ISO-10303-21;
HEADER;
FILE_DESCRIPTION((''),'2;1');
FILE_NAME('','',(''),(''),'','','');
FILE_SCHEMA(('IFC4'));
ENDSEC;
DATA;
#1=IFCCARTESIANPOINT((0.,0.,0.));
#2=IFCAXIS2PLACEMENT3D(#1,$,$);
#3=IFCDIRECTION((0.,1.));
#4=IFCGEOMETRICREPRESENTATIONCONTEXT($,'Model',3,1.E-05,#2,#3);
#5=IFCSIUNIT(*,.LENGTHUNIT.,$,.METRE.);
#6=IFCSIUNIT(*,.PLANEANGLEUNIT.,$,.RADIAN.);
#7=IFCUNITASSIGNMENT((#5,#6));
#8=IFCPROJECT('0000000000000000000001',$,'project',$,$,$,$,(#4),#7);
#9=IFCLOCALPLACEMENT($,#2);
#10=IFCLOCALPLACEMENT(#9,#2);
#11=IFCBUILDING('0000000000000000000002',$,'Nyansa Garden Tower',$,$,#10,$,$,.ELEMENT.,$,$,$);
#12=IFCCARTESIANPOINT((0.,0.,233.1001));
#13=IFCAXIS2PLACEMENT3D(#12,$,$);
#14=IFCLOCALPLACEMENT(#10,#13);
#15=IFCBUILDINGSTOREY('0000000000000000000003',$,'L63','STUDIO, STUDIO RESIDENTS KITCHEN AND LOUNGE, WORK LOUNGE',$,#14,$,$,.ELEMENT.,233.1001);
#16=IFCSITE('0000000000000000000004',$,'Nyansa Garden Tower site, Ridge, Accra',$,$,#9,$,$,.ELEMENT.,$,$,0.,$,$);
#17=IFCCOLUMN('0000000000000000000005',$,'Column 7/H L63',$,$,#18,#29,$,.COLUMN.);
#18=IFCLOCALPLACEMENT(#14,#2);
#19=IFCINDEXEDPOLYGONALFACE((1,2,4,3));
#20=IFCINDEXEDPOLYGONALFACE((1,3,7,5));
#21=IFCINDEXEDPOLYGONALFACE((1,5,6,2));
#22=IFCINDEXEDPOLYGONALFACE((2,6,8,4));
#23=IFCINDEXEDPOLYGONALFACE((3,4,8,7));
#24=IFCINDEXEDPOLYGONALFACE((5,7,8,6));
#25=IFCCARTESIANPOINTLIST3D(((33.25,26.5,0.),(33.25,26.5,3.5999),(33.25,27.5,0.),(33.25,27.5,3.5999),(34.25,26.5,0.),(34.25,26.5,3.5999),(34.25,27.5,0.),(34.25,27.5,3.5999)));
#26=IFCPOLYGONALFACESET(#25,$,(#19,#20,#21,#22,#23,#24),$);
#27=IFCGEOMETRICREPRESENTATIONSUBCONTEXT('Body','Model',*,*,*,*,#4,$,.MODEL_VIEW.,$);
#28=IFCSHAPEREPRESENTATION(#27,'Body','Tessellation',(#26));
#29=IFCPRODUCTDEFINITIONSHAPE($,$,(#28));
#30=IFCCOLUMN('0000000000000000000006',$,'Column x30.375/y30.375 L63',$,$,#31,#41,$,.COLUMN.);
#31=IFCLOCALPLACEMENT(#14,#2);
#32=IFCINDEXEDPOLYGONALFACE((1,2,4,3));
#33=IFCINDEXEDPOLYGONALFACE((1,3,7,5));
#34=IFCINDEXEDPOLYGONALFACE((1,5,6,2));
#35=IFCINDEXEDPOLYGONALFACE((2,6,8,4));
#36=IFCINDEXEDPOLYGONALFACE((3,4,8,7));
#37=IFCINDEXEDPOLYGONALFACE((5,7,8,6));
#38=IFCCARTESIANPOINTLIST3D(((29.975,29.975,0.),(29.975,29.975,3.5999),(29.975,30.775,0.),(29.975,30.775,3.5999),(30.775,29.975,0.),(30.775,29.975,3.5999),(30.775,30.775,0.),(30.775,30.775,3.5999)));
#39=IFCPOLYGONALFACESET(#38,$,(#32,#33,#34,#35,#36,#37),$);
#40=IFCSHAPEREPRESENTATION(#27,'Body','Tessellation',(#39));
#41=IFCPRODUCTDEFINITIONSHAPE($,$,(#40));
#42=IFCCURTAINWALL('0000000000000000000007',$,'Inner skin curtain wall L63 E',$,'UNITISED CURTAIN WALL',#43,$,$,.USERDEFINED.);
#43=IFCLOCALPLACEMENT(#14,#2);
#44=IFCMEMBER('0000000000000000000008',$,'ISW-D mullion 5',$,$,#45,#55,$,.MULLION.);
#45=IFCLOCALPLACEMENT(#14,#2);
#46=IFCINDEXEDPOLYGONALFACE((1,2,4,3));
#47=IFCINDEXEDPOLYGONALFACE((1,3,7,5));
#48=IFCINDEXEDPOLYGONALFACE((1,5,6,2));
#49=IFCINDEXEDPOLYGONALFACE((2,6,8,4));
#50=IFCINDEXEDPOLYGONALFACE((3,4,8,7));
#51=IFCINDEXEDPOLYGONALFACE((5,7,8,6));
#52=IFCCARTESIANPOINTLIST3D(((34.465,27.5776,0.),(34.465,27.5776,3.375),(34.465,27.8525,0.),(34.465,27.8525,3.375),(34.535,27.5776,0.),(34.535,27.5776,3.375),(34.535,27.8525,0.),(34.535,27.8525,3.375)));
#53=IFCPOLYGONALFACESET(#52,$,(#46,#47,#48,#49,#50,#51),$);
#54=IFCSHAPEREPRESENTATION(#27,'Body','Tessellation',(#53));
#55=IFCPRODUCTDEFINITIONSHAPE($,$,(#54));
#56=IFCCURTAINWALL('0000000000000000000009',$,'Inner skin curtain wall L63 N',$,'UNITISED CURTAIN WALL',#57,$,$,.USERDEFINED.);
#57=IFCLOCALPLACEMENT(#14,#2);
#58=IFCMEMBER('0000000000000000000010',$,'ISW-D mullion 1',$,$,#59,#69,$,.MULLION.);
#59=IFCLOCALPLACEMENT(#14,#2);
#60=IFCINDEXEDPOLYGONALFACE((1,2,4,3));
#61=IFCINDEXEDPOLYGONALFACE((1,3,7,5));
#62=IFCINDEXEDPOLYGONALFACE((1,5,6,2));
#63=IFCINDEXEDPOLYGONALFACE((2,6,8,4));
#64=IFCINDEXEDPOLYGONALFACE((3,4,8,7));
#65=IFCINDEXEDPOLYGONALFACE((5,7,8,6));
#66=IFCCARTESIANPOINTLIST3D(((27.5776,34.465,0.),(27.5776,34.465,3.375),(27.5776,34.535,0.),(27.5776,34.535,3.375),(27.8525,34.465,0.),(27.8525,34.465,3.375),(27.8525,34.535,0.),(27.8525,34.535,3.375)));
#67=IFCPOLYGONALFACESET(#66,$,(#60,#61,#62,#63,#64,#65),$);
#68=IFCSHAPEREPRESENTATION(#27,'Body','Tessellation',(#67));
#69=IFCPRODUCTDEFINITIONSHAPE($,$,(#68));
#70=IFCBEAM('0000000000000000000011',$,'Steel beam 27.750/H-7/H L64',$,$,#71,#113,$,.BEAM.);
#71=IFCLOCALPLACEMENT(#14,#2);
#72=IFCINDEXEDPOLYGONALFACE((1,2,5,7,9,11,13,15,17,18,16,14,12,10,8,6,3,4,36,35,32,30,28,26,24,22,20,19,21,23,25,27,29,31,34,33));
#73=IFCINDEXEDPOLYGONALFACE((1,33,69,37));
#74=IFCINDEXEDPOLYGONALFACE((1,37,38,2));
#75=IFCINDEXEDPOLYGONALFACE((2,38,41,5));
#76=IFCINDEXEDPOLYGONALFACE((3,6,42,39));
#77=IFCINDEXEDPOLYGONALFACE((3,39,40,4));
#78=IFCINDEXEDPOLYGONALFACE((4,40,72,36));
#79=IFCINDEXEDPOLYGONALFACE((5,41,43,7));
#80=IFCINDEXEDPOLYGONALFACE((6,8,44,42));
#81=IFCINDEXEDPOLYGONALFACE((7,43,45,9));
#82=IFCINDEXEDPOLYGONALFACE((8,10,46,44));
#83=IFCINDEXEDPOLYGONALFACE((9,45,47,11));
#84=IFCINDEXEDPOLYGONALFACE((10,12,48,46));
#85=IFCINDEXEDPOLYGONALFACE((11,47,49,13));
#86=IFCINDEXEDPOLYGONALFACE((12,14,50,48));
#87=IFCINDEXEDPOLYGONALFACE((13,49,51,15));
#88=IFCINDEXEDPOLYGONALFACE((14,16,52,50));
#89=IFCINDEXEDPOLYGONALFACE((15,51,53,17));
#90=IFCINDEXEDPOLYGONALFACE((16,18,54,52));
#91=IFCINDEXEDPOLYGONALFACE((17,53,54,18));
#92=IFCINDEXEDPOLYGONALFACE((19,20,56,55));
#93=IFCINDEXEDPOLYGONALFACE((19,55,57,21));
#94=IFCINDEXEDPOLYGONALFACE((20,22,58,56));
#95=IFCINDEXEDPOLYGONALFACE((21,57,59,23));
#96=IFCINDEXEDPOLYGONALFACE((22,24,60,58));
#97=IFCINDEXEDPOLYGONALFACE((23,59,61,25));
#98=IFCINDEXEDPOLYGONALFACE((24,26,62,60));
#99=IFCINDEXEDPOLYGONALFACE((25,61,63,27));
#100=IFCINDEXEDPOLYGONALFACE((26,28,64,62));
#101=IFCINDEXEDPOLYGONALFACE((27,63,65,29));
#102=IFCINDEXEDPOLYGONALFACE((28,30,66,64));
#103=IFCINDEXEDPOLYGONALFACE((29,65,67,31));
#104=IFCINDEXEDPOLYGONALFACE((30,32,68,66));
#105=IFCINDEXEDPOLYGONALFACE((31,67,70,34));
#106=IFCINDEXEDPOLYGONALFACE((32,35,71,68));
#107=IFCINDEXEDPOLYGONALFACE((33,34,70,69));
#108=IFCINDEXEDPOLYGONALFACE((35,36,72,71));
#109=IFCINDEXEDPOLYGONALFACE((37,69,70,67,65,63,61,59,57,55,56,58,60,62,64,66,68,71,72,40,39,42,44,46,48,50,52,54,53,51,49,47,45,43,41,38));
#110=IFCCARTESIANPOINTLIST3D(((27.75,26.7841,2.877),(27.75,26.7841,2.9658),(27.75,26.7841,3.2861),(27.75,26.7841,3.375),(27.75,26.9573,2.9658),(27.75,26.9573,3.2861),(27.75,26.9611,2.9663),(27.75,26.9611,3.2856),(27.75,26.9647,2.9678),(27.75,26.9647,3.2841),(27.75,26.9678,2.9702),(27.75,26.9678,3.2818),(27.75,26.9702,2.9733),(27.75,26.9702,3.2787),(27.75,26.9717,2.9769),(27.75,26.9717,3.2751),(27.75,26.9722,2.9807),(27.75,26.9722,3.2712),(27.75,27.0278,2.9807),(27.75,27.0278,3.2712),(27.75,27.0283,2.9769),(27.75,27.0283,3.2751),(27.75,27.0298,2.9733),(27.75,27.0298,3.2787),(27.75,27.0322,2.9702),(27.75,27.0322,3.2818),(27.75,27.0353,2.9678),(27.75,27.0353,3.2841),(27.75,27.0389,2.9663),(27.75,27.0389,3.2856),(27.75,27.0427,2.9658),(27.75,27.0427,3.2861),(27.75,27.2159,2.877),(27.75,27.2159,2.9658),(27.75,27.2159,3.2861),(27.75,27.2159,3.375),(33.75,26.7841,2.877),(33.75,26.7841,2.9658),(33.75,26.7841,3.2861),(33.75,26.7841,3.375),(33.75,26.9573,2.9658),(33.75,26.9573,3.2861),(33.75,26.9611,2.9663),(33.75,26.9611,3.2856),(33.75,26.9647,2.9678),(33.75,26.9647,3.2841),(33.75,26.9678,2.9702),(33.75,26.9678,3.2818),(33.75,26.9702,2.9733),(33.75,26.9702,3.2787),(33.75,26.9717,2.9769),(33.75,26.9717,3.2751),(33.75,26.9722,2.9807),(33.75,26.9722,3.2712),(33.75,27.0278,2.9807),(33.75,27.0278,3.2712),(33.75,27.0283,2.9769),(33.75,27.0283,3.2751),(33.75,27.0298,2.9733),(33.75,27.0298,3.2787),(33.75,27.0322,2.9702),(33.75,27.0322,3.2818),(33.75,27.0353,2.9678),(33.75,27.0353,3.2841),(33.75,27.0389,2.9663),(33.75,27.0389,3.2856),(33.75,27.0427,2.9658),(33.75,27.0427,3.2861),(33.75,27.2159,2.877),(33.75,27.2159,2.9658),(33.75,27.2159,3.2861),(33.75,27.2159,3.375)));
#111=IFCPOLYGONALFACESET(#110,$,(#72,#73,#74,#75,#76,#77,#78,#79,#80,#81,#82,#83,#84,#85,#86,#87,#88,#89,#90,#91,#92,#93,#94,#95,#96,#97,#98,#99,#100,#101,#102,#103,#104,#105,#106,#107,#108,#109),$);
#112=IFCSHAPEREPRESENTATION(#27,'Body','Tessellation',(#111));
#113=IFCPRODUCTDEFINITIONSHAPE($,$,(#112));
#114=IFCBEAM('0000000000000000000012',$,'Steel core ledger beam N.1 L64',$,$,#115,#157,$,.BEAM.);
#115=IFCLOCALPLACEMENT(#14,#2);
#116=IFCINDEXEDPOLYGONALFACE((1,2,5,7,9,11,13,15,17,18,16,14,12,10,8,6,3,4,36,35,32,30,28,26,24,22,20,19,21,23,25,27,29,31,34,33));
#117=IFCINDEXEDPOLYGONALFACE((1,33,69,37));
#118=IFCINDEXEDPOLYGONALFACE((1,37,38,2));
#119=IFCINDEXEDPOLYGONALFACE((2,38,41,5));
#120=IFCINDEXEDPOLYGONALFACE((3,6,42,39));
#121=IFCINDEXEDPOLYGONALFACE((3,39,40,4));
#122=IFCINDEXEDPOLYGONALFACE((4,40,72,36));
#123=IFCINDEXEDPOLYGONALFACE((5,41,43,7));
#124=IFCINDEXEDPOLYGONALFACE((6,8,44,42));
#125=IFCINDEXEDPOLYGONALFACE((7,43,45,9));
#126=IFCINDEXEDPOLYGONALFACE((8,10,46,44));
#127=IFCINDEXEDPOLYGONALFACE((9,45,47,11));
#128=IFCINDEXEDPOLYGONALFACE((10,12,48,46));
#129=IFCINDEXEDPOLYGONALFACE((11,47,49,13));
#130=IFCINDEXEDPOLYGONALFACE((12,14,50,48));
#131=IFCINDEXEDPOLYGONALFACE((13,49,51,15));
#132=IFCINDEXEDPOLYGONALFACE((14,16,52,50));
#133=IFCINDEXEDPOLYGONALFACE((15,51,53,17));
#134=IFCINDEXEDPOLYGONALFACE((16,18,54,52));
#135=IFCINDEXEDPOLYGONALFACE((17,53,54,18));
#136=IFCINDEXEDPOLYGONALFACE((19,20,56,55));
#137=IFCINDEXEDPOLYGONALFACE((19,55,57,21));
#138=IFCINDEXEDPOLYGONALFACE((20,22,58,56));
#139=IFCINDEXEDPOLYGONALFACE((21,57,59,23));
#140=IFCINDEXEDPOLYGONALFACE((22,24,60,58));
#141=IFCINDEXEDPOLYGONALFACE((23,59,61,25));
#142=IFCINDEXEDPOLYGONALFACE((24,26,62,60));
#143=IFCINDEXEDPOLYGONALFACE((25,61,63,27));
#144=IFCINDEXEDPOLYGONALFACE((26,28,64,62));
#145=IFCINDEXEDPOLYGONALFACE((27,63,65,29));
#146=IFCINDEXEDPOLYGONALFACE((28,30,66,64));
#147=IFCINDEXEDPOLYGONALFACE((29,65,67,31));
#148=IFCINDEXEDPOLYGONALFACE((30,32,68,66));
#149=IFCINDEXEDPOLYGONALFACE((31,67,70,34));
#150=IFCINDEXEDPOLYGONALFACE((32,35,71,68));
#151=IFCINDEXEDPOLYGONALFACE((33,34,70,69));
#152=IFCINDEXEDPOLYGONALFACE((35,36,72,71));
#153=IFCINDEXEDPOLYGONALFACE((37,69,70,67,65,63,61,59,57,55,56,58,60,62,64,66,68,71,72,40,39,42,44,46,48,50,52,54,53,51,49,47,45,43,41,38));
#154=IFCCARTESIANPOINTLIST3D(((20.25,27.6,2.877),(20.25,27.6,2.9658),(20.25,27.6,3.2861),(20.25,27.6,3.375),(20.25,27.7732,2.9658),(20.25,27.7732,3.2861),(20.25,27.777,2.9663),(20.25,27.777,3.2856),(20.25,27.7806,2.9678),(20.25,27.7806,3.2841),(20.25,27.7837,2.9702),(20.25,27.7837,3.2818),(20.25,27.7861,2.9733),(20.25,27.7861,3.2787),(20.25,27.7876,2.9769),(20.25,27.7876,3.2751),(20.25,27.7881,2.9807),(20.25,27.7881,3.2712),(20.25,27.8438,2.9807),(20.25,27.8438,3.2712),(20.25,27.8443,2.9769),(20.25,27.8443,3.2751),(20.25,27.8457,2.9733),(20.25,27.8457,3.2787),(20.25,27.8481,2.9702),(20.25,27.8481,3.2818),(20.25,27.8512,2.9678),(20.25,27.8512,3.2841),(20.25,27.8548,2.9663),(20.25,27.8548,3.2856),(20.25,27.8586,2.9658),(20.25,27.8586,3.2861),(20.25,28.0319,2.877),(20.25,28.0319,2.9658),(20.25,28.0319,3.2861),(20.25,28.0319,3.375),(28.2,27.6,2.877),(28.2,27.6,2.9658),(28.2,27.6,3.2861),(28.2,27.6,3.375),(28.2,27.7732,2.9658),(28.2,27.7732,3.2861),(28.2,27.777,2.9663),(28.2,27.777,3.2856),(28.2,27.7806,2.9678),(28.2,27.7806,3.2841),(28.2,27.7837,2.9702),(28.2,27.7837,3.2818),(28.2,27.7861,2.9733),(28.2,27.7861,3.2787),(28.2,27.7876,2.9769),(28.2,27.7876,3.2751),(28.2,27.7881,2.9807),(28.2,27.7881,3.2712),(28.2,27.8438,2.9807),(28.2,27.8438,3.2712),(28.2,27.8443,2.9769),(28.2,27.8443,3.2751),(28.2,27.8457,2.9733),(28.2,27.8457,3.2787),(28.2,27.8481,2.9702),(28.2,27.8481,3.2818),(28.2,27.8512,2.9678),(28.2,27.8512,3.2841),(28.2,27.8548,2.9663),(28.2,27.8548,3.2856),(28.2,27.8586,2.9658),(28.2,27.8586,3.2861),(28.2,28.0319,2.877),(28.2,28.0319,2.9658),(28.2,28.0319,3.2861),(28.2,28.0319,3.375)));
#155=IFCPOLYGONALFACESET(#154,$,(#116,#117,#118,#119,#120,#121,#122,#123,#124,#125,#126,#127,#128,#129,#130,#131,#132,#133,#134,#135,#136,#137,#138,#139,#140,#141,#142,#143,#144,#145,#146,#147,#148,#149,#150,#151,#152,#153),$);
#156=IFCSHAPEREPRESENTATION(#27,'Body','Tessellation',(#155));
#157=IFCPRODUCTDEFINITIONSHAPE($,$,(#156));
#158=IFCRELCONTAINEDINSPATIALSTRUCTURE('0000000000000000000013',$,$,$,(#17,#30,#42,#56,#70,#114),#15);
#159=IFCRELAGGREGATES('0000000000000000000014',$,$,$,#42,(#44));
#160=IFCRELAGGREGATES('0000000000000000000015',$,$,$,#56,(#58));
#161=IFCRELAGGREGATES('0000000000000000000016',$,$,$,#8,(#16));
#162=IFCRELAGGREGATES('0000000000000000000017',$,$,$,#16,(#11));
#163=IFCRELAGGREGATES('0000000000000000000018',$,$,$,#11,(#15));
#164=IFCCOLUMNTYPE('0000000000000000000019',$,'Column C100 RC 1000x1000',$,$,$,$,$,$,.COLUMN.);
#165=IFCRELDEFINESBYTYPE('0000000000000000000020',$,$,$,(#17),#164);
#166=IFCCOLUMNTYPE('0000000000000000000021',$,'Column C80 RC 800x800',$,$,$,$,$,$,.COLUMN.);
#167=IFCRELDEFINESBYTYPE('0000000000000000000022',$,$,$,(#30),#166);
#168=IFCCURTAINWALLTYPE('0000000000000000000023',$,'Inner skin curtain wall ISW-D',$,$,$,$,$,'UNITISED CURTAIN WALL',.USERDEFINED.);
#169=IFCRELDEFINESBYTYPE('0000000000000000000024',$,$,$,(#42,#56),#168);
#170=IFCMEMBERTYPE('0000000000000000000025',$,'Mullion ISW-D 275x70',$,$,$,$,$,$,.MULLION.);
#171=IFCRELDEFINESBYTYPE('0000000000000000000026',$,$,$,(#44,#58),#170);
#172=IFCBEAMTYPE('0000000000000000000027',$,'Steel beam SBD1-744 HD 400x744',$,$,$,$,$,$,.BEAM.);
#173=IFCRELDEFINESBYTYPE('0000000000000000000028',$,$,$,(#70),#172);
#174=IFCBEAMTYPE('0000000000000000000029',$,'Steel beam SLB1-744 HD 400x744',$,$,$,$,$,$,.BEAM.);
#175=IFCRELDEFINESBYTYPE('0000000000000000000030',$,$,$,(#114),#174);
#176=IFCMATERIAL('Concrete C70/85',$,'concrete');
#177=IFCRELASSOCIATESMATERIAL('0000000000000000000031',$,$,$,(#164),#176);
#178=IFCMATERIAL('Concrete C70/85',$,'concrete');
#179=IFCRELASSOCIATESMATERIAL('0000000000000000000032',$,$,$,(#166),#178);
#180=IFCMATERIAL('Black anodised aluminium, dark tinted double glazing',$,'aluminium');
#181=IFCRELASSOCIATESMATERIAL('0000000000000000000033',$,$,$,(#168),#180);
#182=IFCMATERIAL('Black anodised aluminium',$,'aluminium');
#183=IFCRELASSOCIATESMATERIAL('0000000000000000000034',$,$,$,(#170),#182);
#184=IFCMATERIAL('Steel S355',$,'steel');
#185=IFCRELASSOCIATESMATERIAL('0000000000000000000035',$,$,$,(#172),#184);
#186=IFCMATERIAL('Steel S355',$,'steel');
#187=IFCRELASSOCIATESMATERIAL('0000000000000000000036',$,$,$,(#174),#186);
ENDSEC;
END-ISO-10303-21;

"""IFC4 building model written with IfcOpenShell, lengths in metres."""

from ifc_helpers import new_model, si_unit, direction, frame, origin, origin_2d, place, context, subcontext, project, spatial, rectangle, i_section, extrude, material, material_profile, profile_set, type_object, element, aggregate, save


model = new_model("IFC4")

# Units and contexts
model_context = context("Model", 3, precision=1e-05, world=origin(), true_north=direction((0.0, 1.0)))
body_context = subcontext(model_context, "Body", "Model", "MODEL_VIEW")
ifc_project = project(units=[si_unit("LENGTHUNIT", "METRE"), si_unit("PLANEANGLEUNIT", "RADIAN")], contexts=[model_context])

# Site, building, storey
site_placement = place(None, origin())
site = spatial("IfcSite", under=ifc_project, at=site_placement, Name="Nyansa Garden Tower site, Ridge, Accra", CompositionType="ELEMENT", RefElevation=0.0)
building_placement = place(site_placement, origin())
building = spatial("IfcBuilding", under=site, at=building_placement, Name="Nyansa Garden Tower", CompositionType="ELEMENT")
storey_placement = place(building_placement, frame((0.0, 0.0, 233.1001)))
storey = spatial("IfcBuildingStorey", under=building, at=storey_placement, Name="L63", Description="STUDIO, STUDIO RESIDENTS KITCHEN AND LOUNGE, WORK LOUNGE", CompositionType="ELEMENT", Elevation=233.1001)

# Columns
ifc_material_1 = material(Name="Concrete C70/85", Category="concrete")
ifc_material_profile_1 = material_profile(ifc_material_1, rectangle(XDim=1.0, YDim=1.0, at=origin_2d()), Name="RC 1000x1000")
ifc_profile_set_1 = profile_set([ifc_material_profile_1], Name="Concrete C70/85")
column_type_1 = type_object("IfcColumnType", Name="Column C100 RC 1000x1000", PredefinedType="COLUMN", material=ifc_profile_set_1)
column_1_placement = place(storey_placement, frame((33.75, 27.0, 0.0), z_axis=(0.0, 0.0, 1.0), x_axis=(1.0, 0.0, 0.0)))
element("IfcColumn", 1, at=column_1_placement, inside=storey, type_object=column_type_1, Name="Column 7/H L63", PredefinedType="COLUMN", context=body_context, shape_type="SweptSolid", body=[
    extrude(rectangle(XDim=1.0, YDim=1.0, at=origin_2d()), origin(), (0.0, 0.0, 1.0), 3.5999),
])
ifc_material_2 = material(Name="Concrete C70/85", Category="concrete")
ifc_material_profile_2 = material_profile(ifc_material_2, rectangle(XDim=0.8, YDim=0.8, at=origin_2d()), Name="RC 800x800")
ifc_profile_set_2 = profile_set([ifc_material_profile_2], Name="Concrete C70/85")
column_type_2 = type_object("IfcColumnType", Name="Column C80 RC 800x800", PredefinedType="COLUMN", material=ifc_profile_set_2)
column_2_placement = place(storey_placement, frame((30.375, 30.375, 0.0), z_axis=(0.0, 0.0, 1.0), x_axis=(1.0, 0.0, 0.0)))
element("IfcColumn", 2, at=column_2_placement, inside=storey, type_object=column_type_2, Name="Column x30.375/y30.375 L63", PredefinedType="COLUMN", context=body_context, shape_type="SweptSolid", body=[
    extrude(rectangle(XDim=0.8, YDim=0.8, at=origin_2d()), origin(), (0.0, 0.0, 1.0), 3.5999),
])

# Curtain walls, members
ifc_material_3 = material(Name="Black anodised aluminium, dark tinted double glazing", Category="aluminium")
curtain_wall_type = type_object("IfcCurtainWallType", Name="Inner skin curtain wall ISW-D", ElementType="UNITISED CURTAIN WALL", PredefinedType="USERDEFINED", material=ifc_material_3)
curtain_wall_1_placement = place(storey_placement, origin())
curtain_wall_1 = element("IfcCurtainWall", 3, at=curtain_wall_1_placement, inside=storey, type_object=curtain_wall_type, Name="Inner skin curtain wall L63 E", ObjectType="UNITISED CURTAIN WALL", PredefinedType="USERDEFINED")
ifc_material_4 = material(Name="Black anodised aluminium", Category="aluminium")
ifc_material_profile_3 = material_profile(ifc_material_4, rectangle(XDim=0.0701, YDim=0.2749, at=origin_2d()), Name="Mullion 275x70")
ifc_profile_set_3 = profile_set([ifc_material_profile_3], Name="Black anodised aluminium")
member_type_1 = type_object("IfcMemberType", Name="Mullion ISW-D 275x70", PredefinedType="MULLION", material=ifc_profile_set_3)
member_1_placement = place(storey_placement, frame((34.5, 27.7151, 0.0), z_axis=(0.0, 0.0, 1.0), x_axis=(-1.0, 0.0, 0.0)))
member_1 = element("IfcMember", 4, at=member_1_placement, type_object=member_type_1, Name="ISW-D mullion 5", PredefinedType="MULLION", context=body_context, shape_type="SweptSolid", body=[
    extrude(rectangle(XDim=0.0701, YDim=0.2749, at=origin_2d()), origin(), (0.0, 0.0, 1.0), 3.375),
])
aggregate(curtain_wall_1, [member_1])
curtain_wall_2_placement = place(storey_placement, origin())
curtain_wall_2 = element("IfcCurtainWall", 5, at=curtain_wall_2_placement, inside=storey, type_object=curtain_wall_type, Name="Inner skin curtain wall L63 N", ObjectType="UNITISED CURTAIN WALL", PredefinedType="USERDEFINED")
member_2_placement = place(storey_placement, frame((27.7151, 34.5, 0.0), z_axis=(0.0, 0.0, 1.0), x_axis=(0.0, -1.0, 0.0)))
member_2 = element("IfcMember", 6, at=member_2_placement, type_object=member_type_1, Name="ISW-D mullion 1", PredefinedType="MULLION", context=body_context, shape_type="SweptSolid", body=[
    extrude(rectangle(XDim=0.0701, YDim=0.2749, at=origin_2d()), origin(), (0.0, 0.0, 1.0), 3.375),
])

# Beams
ifc_material_5 = material(Name="Steel S355", Category="steel")
ifc_material_profile_4 = material_profile(ifc_material_5, i_section(OverallWidth=0.4319, OverallDepth=0.498, WebThickness=0.0557, FlangeThickness=0.0889, FilletRadius=0.0149, at=origin_2d()), Name="HD 400x744")
ifc_profile_set_4 = profile_set([ifc_material_profile_4], Name="Steel S355")
beam_type_1 = type_object("IfcBeamType", Name="Steel beam SBD1-744 HD 400x744", PredefinedType="BEAM", material=ifc_profile_set_4)
beam_1_placement = place(storey_placement, frame((27.75, 27.0, 3.126), z_axis=(1.0, 0.0, 0.0), x_axis=(0.0, 1.0, 0.0)))
element("IfcBeam", 7, at=beam_1_placement, inside=storey, type_object=beam_type_1, Name="Steel beam 27.750/H-7/H L64", PredefinedType="BEAM", context=body_context, shape_type="SweptSolid", body=[
    extrude(i_section(OverallWidth=0.4319, OverallDepth=0.498, WebThickness=0.0557, FlangeThickness=0.0889, FilletRadius=0.0149, at=origin_2d()), origin(), (0.0, 0.0, 1.0), 6.0),
])
ifc_material_6 = material(Name="Steel S355", Category="steel")
ifc_material_profile_5 = material_profile(ifc_material_6, i_section(OverallWidth=0.4319, OverallDepth=0.498, WebThickness=0.0557, FlangeThickness=0.0889, FilletRadius=0.0149, at=origin_2d()), Name="HD 400x744")
ifc_profile_set_5 = profile_set([ifc_material_profile_5], Name="Steel S355")
beam_type_2 = type_object("IfcBeamType", Name="Steel beam SLB1-744 HD 400x744", PredefinedType="BEAM", material=ifc_profile_set_5)
beam_2_placement = place(storey_placement, frame((28.2, 27.8159, 3.126), z_axis=(-1.0, 0.0, 0.0), x_axis=(0.0, -1.0, 0.0)))
element("IfcBeam", 8, at=beam_2_placement, inside=storey, type_object=beam_type_2, Name="Steel core ledger beam N.1 L64", PredefinedType="BEAM", context=body_context, shape_type="SweptSolid", body=[
    extrude(i_section(OverallWidth=0.4319, OverallDepth=0.498, WebThickness=0.0557, FlangeThickness=0.0889, FilletRadius=0.0149, at=origin_2d()), origin(), (0.0, 0.0, 1.0), 7.95),
])

aggregate(curtain_wall_2, [member_2])

save(model, "model.ifc")
